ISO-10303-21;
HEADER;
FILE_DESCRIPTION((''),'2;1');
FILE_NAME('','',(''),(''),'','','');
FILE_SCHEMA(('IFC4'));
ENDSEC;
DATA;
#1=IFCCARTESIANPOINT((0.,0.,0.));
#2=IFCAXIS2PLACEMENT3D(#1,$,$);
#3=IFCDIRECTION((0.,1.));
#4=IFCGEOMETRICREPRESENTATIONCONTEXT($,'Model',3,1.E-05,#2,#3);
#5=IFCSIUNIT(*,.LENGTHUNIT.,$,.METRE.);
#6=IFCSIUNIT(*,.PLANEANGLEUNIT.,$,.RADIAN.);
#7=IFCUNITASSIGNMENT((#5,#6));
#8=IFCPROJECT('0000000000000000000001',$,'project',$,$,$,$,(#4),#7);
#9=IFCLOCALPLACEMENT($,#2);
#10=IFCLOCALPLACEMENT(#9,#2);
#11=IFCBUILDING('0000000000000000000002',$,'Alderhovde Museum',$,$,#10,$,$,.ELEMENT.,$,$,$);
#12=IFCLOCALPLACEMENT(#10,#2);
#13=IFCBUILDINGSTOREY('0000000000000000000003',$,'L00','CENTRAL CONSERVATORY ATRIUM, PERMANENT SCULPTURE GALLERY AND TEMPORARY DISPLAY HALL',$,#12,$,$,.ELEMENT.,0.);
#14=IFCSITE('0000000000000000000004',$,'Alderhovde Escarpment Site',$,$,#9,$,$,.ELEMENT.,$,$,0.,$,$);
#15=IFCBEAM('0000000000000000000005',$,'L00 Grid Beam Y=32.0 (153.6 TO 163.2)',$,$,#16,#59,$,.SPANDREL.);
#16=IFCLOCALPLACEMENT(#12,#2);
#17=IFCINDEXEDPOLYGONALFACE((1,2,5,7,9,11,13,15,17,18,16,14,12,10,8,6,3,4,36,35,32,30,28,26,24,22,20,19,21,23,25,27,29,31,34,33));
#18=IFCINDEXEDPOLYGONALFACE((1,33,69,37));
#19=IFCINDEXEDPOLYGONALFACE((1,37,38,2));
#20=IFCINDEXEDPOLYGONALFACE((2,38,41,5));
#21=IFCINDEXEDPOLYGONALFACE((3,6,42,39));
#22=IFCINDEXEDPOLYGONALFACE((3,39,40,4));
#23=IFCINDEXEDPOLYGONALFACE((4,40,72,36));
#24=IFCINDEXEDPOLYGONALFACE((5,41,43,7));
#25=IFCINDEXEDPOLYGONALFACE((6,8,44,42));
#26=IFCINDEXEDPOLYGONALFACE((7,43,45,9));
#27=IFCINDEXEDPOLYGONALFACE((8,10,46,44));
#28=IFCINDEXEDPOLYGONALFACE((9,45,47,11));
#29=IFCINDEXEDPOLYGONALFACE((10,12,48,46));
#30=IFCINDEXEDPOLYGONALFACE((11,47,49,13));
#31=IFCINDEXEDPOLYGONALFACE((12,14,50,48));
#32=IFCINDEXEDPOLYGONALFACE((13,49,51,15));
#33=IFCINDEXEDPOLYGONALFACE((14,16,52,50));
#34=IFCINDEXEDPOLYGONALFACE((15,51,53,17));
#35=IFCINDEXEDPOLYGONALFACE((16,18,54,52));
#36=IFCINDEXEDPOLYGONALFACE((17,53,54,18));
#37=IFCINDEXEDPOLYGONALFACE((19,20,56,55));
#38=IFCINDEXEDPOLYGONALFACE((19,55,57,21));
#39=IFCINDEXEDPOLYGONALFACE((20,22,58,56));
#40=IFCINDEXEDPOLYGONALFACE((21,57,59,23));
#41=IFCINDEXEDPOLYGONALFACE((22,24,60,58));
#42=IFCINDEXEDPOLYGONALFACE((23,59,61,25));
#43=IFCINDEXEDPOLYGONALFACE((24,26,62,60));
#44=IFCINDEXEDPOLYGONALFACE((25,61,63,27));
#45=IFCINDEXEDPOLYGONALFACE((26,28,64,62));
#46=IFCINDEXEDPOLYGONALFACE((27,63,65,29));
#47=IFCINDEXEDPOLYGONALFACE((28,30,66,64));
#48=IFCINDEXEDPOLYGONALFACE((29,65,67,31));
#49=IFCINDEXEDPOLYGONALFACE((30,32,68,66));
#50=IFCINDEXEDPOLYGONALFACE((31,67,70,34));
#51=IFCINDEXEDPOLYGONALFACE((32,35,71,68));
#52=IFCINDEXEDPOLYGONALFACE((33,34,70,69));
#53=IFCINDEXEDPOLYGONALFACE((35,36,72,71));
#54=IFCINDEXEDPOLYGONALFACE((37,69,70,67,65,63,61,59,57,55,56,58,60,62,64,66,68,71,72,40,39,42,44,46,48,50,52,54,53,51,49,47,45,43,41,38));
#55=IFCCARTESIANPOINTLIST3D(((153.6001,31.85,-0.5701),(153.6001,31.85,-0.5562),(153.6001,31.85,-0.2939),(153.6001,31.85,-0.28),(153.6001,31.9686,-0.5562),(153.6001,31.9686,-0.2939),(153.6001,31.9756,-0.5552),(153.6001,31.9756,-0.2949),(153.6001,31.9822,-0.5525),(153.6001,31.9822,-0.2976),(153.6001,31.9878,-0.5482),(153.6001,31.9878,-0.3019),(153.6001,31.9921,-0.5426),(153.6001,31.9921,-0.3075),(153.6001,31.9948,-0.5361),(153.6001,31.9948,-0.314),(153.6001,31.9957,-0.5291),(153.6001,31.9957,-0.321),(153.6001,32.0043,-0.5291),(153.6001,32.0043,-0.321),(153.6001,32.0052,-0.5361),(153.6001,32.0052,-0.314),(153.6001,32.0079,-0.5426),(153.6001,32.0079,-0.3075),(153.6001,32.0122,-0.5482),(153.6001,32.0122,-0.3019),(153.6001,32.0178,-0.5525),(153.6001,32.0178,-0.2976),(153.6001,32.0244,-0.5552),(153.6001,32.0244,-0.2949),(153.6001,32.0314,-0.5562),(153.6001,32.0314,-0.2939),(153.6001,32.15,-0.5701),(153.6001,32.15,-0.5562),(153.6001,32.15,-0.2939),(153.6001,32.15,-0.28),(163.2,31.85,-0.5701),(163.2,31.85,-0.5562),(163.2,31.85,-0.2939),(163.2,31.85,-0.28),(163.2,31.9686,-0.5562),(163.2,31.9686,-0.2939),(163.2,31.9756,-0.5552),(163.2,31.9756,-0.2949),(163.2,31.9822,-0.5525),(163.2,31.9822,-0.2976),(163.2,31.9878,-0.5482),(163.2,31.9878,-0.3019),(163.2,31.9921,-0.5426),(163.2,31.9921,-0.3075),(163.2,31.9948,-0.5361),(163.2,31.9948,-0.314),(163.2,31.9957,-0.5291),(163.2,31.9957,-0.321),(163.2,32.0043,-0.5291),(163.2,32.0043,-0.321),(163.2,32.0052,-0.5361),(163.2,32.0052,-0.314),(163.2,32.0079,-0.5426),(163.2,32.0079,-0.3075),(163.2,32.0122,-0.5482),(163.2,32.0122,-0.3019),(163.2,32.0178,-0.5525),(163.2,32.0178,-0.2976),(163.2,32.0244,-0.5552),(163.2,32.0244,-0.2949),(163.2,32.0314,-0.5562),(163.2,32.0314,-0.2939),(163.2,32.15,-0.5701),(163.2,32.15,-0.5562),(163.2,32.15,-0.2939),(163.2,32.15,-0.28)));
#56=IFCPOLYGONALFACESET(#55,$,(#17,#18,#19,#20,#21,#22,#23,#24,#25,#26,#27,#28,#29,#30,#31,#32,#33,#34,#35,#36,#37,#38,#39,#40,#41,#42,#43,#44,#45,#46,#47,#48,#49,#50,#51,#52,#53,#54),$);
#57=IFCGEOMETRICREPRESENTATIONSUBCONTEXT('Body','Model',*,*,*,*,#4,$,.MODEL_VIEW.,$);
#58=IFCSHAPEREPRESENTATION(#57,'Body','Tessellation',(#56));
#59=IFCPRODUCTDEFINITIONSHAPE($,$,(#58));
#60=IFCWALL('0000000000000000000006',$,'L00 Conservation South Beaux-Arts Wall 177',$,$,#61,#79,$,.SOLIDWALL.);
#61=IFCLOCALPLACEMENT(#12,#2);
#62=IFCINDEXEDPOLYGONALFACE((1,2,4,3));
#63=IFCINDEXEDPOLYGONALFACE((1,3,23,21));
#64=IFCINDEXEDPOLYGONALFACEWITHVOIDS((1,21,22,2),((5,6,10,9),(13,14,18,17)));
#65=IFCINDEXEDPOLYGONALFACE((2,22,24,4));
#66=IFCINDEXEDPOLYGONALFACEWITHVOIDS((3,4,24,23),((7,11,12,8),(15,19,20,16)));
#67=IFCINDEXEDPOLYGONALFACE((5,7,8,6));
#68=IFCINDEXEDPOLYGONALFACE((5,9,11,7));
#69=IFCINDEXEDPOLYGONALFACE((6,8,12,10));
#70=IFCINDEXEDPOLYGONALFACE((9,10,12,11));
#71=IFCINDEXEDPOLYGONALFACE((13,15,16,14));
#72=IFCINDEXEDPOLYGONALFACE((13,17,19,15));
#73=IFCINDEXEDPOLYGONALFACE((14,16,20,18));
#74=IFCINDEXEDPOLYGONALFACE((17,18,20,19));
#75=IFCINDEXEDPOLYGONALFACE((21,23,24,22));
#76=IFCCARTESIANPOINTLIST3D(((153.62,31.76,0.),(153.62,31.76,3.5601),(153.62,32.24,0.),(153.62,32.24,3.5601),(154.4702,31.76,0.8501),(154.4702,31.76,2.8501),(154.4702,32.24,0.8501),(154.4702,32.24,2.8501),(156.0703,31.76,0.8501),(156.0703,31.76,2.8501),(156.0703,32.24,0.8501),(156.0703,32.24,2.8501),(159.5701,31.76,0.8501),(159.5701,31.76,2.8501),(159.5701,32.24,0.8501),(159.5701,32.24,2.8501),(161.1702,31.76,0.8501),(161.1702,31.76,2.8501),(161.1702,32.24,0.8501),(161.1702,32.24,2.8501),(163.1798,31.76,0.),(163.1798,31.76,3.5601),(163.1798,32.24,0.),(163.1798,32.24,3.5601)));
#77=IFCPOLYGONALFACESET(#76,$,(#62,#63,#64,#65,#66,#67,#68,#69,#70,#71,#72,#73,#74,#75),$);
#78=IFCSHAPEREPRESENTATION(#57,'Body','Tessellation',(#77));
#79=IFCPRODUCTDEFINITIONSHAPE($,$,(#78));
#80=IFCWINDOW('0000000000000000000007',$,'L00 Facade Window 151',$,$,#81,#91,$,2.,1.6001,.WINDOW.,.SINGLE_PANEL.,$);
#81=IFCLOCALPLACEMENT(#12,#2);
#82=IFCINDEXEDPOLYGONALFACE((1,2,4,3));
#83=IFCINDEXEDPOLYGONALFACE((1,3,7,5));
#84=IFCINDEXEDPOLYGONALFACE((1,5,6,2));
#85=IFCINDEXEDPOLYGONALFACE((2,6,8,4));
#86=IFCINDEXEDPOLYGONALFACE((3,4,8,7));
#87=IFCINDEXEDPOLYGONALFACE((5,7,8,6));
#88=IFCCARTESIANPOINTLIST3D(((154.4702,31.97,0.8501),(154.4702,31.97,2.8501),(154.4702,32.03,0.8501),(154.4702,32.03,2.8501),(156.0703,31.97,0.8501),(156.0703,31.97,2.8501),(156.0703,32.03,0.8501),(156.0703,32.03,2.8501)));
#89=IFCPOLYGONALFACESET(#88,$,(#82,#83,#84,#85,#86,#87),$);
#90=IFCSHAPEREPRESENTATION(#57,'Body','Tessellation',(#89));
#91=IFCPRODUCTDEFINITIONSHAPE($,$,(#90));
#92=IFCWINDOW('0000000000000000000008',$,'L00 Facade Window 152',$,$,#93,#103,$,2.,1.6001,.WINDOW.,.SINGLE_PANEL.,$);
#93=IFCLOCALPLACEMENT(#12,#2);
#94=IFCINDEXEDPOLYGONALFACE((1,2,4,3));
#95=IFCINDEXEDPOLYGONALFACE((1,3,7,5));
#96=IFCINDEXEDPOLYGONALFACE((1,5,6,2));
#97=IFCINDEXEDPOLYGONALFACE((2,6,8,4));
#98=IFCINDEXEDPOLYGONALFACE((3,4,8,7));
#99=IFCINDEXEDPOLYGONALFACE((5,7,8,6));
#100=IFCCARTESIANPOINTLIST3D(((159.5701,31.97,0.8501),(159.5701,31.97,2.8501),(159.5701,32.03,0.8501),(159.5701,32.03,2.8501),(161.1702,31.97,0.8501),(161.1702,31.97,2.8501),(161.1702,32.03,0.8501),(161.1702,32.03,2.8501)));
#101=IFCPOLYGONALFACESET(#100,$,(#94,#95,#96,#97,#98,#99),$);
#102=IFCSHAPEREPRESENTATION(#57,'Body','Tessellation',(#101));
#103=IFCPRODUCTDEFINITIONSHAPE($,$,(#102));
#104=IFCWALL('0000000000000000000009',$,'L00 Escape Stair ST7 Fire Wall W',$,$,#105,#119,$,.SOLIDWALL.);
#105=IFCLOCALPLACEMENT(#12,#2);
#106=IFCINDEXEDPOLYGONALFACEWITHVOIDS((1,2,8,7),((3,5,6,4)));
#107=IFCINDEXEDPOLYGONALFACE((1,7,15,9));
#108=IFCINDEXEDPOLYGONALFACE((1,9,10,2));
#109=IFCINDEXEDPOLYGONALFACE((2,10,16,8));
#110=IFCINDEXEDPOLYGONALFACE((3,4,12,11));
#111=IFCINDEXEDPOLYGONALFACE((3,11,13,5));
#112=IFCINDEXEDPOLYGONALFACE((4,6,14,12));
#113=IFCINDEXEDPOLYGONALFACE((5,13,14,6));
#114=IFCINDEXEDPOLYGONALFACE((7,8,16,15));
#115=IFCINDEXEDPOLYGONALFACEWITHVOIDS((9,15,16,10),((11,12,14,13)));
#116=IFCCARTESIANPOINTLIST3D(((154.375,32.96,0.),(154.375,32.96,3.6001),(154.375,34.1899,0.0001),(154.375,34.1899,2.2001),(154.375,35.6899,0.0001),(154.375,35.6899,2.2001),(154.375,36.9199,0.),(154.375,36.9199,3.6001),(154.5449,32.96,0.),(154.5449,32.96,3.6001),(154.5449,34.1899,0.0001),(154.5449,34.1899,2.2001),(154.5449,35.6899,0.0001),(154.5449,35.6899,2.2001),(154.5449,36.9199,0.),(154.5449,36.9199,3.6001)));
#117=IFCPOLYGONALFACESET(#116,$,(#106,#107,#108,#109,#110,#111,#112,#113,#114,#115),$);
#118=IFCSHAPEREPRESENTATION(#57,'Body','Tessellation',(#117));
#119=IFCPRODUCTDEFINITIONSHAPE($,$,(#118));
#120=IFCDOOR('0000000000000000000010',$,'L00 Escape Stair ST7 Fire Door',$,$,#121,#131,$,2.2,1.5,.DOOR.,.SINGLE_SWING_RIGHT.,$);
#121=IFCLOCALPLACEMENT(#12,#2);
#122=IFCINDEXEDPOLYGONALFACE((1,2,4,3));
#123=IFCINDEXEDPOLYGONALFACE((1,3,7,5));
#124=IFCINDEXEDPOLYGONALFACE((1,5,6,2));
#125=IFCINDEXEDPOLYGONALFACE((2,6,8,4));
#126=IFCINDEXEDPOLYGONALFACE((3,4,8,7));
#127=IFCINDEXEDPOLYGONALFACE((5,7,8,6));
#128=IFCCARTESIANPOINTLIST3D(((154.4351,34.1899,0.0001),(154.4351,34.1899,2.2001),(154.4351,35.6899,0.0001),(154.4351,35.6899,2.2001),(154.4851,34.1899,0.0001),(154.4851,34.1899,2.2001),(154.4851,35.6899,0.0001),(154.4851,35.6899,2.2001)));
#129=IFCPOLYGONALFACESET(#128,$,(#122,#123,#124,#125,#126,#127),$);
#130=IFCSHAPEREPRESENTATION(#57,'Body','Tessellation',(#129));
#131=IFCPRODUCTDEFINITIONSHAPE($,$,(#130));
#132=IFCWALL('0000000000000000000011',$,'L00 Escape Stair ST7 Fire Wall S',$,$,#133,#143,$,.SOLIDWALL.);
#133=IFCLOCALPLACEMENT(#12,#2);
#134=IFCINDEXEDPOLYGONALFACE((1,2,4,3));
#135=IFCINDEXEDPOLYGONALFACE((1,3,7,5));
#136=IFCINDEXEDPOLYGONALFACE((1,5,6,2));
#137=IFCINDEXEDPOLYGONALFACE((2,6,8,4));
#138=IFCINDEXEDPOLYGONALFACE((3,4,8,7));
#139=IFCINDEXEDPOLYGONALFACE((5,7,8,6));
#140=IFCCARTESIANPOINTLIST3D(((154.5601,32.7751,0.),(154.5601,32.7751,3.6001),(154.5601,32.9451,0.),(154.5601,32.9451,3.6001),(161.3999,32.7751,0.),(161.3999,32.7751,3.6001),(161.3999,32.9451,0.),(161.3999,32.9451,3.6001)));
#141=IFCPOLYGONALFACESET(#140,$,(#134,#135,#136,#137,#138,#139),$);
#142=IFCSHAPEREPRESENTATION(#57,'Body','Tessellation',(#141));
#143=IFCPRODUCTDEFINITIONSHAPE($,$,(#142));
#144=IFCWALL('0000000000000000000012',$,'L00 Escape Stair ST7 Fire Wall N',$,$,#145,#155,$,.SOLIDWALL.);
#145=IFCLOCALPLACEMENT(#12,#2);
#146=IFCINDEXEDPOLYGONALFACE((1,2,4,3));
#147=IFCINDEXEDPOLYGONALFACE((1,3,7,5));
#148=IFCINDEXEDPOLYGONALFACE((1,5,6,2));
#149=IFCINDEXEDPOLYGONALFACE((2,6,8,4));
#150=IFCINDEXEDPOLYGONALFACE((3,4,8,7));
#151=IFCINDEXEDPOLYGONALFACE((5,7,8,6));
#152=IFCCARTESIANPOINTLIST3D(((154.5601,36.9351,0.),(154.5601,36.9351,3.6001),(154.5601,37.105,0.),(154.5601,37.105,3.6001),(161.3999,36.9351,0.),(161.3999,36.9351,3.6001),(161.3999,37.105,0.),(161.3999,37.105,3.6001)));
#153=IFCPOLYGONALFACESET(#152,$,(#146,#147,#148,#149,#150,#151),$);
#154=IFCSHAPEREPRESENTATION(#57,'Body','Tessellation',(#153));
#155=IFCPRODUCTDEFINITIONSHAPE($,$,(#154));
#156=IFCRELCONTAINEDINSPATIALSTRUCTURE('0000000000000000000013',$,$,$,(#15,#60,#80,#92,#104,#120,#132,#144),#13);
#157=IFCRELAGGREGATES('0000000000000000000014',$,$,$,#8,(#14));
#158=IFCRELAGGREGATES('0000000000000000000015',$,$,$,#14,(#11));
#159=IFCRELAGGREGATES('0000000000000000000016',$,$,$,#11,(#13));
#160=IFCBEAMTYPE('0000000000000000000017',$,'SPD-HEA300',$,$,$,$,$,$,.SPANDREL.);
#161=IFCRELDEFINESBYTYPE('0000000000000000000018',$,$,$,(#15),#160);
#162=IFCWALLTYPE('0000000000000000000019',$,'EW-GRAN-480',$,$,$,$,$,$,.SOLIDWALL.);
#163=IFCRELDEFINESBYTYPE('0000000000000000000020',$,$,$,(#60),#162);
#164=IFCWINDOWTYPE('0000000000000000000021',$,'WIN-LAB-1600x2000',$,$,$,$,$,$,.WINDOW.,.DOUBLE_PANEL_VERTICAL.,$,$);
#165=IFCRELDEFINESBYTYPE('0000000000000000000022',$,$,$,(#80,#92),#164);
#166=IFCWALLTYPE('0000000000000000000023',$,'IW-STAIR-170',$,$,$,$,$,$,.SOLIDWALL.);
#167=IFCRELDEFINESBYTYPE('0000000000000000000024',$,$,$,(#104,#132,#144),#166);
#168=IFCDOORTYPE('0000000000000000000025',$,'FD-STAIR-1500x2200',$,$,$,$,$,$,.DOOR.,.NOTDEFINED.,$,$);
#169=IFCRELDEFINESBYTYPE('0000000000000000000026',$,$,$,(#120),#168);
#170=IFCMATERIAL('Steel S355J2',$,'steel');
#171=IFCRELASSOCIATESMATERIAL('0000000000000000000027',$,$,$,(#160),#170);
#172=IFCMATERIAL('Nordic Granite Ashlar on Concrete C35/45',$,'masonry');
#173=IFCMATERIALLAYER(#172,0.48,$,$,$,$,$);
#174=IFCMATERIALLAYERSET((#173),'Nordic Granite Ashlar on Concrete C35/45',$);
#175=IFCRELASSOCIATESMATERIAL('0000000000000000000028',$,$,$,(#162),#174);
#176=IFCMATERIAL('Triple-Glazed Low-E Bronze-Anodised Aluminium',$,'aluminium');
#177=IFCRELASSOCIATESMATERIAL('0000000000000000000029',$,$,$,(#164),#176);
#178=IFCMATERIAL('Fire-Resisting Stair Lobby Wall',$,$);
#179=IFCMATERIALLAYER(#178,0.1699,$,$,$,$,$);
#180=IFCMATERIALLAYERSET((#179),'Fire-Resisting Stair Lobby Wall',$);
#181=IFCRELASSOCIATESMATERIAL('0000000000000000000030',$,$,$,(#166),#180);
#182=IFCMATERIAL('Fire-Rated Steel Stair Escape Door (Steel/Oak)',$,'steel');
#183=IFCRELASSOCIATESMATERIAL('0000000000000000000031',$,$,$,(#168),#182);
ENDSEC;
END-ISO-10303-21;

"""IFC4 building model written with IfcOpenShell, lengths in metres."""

from ifc_helpers import new_model, si_unit, direction, frame, frame_2d, origin, origin_2d, place, context, subcontext, project, spatial, rectangle, i_section, extrude, material, layer, layer_set, material_profile, profile_set, type_object, element, fill, save


model = new_model("IFC4")

# Units and contexts
model_context = context("Model", 3, precision=1e-05, world=origin(), true_north=direction((0.0, 1.0)))
body_context = subcontext(model_context, "Body", "Model", "MODEL_VIEW")
ifc_project = project(units=[si_unit("LENGTHUNIT", "METRE"), si_unit("PLANEANGLEUNIT", "RADIAN")], contexts=[model_context])

# Site, building, storey
site_placement = place(None, origin())
site = spatial("IfcSite", under=ifc_project, at=site_placement, Name="Alderhovde Escarpment Site", CompositionType="ELEMENT", RefElevation=0.0)
building_placement = place(site_placement, origin())
building = spatial("IfcBuilding", under=site, at=building_placement, Name="Alderhovde Museum", CompositionType="ELEMENT")
storey_placement = place(building_placement, origin())
storey = spatial("IfcBuildingStorey", under=building, at=storey_placement, Name="L00", Description="CENTRAL CONSERVATORY ATRIUM, PERMANENT SCULPTURE GALLERY AND TEMPORARY DISPLAY HALL", CompositionType="ELEMENT", Elevation=0.0)

# Beam
ifc_material_1 = material(Name="Steel S355J2", Category="steel")
ifc_material_profile_1 = material_profile(ifc_material_1, i_section(OverallWidth=0.3, OverallDepth=0.29, WebThickness=0.0085, FlangeThickness=0.0139, FilletRadius=0.0271, at=origin_2d()), Name="HEA 300")
ifc_profile_set_1 = profile_set([ifc_material_profile_1], Name="Steel S355J2")
beam_type_1 = type_object("IfcBeamType", Name="SPD-HEA300", PredefinedType="SPANDREL", material=ifc_profile_set_1)
beam_1_placement = place(storey_placement, frame((153.6001, 32.0, -0.425), z_axis=(1.0, 0.0, 0.0), x_axis=(0.0, 1.0, 0.0)))
element("IfcBeam", 1, at=beam_1_placement, inside=storey, type_object=beam_type_1, Name="L00 Grid Beam Y=32.0 (153.6 TO 163.2)", PredefinedType="SPANDREL", context=body_context, shape_type="SweptSolid", body=[
    extrude(i_section(OverallWidth=0.3, OverallDepth=0.29, WebThickness=0.0085, FlangeThickness=0.0139, FilletRadius=0.0271, at=origin_2d()), origin(), (0.0, 0.0, 1.0), 9.5999),
])

# Shared definitions
ifc_material_2 = material(Name="Nordic Granite Ashlar on Concrete C35/45", Category="masonry")
ifc_layer_1 = layer(ifc_material_2, 0.48)
ifc_layer_set_1 = layer_set([ifc_layer_1], Name="Nordic Granite Ashlar on Concrete C35/45")
wall_type_1 = type_object("IfcWallType", Name="EW-GRAN-480", PredefinedType="SOLIDWALL", material=ifc_layer_set_1)

# Wall, openings, windows
wall_1_placement = place(storey_placement, frame((153.6201, 32.0, 0.0), z_axis=(0.0, 0.0, 1.0), x_axis=(1.0, 0.0, 0.0)))
wall_1 = element("IfcWall", 2, at=wall_1_placement, inside=storey, type_object=wall_type_1, Name="L00 Conservation South Beaux-Arts Wall 177", PredefinedType="SOLIDWALL", context=body_context, shape_type="SweptSolid", body=[
    extrude(rectangle(XDim=9.5598, YDim=0.48, at=frame_2d((4.7798, 0.0))), origin(), (0.0, 0.0, 1.0), 3.5601),
])
opening_1_placement = place(wall_1_placement, frame((0.8501, 0.0, 0.8501)))
opening_1 = element("IfcOpeningElement", 3, at=opening_1_placement, cuts=wall_1, PredefinedType="OPENING", context=body_context, shape_type="SweptSolid", body=[
    extrude(rectangle(XDim=1.6001, YDim=2.0, at=frame_2d((0.8, 1.0))), frame((0.0, 0.25, 0.0), z_axis=(0.0, -1.0, 0.0), x_axis=(1.0, 0.0, 0.0)), (0.0, 0.0, 1.0), 0.5),
])
opening_2_placement = place(wall_1_placement, frame((5.95, 0.0, 0.8501)))
opening_2 = element("IfcOpeningElement", 4, at=opening_2_placement, cuts=wall_1, PredefinedType="OPENING", context=body_context, shape_type="SweptSolid", body=[
    extrude(rectangle(XDim=1.6001, YDim=2.0, at=frame_2d((0.8, 1.0))), frame((0.0, 0.25, 0.0), z_axis=(0.0, -1.0, 0.0), x_axis=(1.0, 0.0, 0.0)), (0.0, 0.0, 1.0), 0.5),
])
ifc_material_3 = material(Name="Triple-Glazed Low-E Bronze-Anodised Aluminium", Category="aluminium")
window_type = type_object("IfcWindowType", Name="WIN-LAB-1600x2000", PartitioningType="DOUBLE_PANEL_VERTICAL", PredefinedType="WINDOW", material=ifc_material_3)
window_1_placement = place(opening_1_placement, origin())
window_1 = element("IfcWindow", 5, at=window_1_placement, inside=storey, type_object=window_type, Name="L00 Facade Window 151", OverallHeight=2.0, OverallWidth=1.6001, PartitioningType="SINGLE_PANEL", PredefinedType="WINDOW", context=body_context, shape_type="SweptSolid", body=[
    extrude(rectangle(XDim=1.6001, YDim=2.0, at=frame_2d((0.8, 1.0))), frame((0.0, 0.03, 0.0), z_axis=(0.0, -1.0, 0.0), x_axis=(1.0, 0.0, 0.0)), (0.0, 0.0, 1.0), 0.0601),
])
fill(opening_1, window_1)
window_2_placement = place(opening_2_placement, origin())
window_2 = element("IfcWindow", 6, at=window_2_placement, inside=storey, type_object=window_type, Name="L00 Facade Window 152", OverallHeight=2.0, OverallWidth=1.6001, PartitioningType="SINGLE_PANEL", PredefinedType="WINDOW", context=body_context, shape_type="SweptSolid", body=[
    extrude(rectangle(XDim=1.6001, YDim=2.0, at=frame_2d((0.8, 1.0))), frame((0.0, 0.03, 0.0), z_axis=(0.0, -1.0, 0.0), x_axis=(1.0, 0.0, 0.0)), (0.0, 0.0, 1.0), 0.0601),
])
fill(opening_2, window_2)

# Wall, opening, door
ifc_material_4 = material(Name="Fire-Resisting Stair Lobby Wall")
ifc_layer_2 = layer(ifc_material_4, 0.1699)
ifc_layer_set_2 = layer_set([ifc_layer_2], Name="Fire-Resisting Stair Lobby Wall")
wall_type_2 = type_object("IfcWallType", Name="IW-STAIR-170", PredefinedType="SOLIDWALL", material=ifc_layer_set_2)
wall_2_placement = place(storey_placement, frame((154.46, 32.96, 0.0), z_axis=(0.0, 0.0, 1.0), x_axis=(0.0, 1.0, 0.0)))
wall_2 = element("IfcWall", 7, at=wall_2_placement, inside=storey, type_object=wall_type_2, Name="L00 Escape Stair ST7 Fire Wall W", PredefinedType="SOLIDWALL", context=body_context, shape_type="SweptSolid", body=[
    extrude(rectangle(XDim=3.96, YDim=0.1699, at=frame_2d((1.98, 0.0))), origin(), (0.0, 0.0, 1.0), 3.6001),
])
opening_3_placement = place(wall_2_placement, frame((1.23, 0.0, 0.0)))
opening_3 = element("IfcOpeningElement", 8, at=opening_3_placement, cuts=wall_2, PredefinedType="OPENING", context=body_context, shape_type="SweptSolid", body=[
    extrude(rectangle(XDim=1.5, YDim=2.2, at=frame_2d((0.75, 1.1001))), frame((0.0, 0.095, 0.0), z_axis=(0.0, -1.0, 0.0), x_axis=(1.0, 0.0, 0.0)), (0.0, 0.0, 1.0), 0.1899),
])
ifc_material_5 = material(Name="Fire-Rated Steel Stair Escape Door (Steel/Oak)", Category="steel")
door_type_1 = type_object("IfcDoorType", Name="FD-STAIR-1500x2200", OperationType="NOTDEFINED", PredefinedType="DOOR", material=ifc_material_5)
door_1_placement = place(opening_3_placement, origin())
door_1 = element("IfcDoor", 9, at=door_1_placement, inside=storey, type_object=door_type_1, Name="L00 Escape Stair ST7 Fire Door", OperationType="SINGLE_SWING_RIGHT", OverallHeight=2.2, OverallWidth=1.5, PredefinedType="DOOR", context=body_context, shape_type="SweptSolid", body=[
    extrude(rectangle(XDim=1.5, YDim=2.2, at=frame_2d((0.75, 1.1001))), frame((0.0, 0.0249, 0.0), z_axis=(0.0, -1.0, 0.0), x_axis=(1.0, 0.0, 0.0)), (0.0, 0.0, 1.0), 0.05),
])
fill(opening_3, door_1)

# Walls
for number, where, z_axis, x_axis, name in (
    (10, (154.5601, 32.8601, 0.0), (0.0, 0.0, 1.0), (1.0, 0.0, 0.0), "L00 Escape Stair ST7 Fire Wall S"),
    (11, (154.5601, 37.02, 0.0), (0.0, 0.0, 1.0), (1.0, 0.0, 0.0), "L00 Escape Stair ST7 Fire Wall N"),
):
    element("IfcWall", number, at=place(storey_placement, frame(where, z_axis=z_axis, x_axis=x_axis)), inside=storey, type_object=wall_type_2, Name=name, PredefinedType="SOLIDWALL", context=body_context, shape_type="SweptSolid", body=[
        extrude(rectangle(XDim=6.8398, YDim=0.1699, at=frame_2d((3.4199, 0.0))), origin(), (0.0, 0.0, 1.0), 3.6001),
    ])

save(model, "model.ifc")
